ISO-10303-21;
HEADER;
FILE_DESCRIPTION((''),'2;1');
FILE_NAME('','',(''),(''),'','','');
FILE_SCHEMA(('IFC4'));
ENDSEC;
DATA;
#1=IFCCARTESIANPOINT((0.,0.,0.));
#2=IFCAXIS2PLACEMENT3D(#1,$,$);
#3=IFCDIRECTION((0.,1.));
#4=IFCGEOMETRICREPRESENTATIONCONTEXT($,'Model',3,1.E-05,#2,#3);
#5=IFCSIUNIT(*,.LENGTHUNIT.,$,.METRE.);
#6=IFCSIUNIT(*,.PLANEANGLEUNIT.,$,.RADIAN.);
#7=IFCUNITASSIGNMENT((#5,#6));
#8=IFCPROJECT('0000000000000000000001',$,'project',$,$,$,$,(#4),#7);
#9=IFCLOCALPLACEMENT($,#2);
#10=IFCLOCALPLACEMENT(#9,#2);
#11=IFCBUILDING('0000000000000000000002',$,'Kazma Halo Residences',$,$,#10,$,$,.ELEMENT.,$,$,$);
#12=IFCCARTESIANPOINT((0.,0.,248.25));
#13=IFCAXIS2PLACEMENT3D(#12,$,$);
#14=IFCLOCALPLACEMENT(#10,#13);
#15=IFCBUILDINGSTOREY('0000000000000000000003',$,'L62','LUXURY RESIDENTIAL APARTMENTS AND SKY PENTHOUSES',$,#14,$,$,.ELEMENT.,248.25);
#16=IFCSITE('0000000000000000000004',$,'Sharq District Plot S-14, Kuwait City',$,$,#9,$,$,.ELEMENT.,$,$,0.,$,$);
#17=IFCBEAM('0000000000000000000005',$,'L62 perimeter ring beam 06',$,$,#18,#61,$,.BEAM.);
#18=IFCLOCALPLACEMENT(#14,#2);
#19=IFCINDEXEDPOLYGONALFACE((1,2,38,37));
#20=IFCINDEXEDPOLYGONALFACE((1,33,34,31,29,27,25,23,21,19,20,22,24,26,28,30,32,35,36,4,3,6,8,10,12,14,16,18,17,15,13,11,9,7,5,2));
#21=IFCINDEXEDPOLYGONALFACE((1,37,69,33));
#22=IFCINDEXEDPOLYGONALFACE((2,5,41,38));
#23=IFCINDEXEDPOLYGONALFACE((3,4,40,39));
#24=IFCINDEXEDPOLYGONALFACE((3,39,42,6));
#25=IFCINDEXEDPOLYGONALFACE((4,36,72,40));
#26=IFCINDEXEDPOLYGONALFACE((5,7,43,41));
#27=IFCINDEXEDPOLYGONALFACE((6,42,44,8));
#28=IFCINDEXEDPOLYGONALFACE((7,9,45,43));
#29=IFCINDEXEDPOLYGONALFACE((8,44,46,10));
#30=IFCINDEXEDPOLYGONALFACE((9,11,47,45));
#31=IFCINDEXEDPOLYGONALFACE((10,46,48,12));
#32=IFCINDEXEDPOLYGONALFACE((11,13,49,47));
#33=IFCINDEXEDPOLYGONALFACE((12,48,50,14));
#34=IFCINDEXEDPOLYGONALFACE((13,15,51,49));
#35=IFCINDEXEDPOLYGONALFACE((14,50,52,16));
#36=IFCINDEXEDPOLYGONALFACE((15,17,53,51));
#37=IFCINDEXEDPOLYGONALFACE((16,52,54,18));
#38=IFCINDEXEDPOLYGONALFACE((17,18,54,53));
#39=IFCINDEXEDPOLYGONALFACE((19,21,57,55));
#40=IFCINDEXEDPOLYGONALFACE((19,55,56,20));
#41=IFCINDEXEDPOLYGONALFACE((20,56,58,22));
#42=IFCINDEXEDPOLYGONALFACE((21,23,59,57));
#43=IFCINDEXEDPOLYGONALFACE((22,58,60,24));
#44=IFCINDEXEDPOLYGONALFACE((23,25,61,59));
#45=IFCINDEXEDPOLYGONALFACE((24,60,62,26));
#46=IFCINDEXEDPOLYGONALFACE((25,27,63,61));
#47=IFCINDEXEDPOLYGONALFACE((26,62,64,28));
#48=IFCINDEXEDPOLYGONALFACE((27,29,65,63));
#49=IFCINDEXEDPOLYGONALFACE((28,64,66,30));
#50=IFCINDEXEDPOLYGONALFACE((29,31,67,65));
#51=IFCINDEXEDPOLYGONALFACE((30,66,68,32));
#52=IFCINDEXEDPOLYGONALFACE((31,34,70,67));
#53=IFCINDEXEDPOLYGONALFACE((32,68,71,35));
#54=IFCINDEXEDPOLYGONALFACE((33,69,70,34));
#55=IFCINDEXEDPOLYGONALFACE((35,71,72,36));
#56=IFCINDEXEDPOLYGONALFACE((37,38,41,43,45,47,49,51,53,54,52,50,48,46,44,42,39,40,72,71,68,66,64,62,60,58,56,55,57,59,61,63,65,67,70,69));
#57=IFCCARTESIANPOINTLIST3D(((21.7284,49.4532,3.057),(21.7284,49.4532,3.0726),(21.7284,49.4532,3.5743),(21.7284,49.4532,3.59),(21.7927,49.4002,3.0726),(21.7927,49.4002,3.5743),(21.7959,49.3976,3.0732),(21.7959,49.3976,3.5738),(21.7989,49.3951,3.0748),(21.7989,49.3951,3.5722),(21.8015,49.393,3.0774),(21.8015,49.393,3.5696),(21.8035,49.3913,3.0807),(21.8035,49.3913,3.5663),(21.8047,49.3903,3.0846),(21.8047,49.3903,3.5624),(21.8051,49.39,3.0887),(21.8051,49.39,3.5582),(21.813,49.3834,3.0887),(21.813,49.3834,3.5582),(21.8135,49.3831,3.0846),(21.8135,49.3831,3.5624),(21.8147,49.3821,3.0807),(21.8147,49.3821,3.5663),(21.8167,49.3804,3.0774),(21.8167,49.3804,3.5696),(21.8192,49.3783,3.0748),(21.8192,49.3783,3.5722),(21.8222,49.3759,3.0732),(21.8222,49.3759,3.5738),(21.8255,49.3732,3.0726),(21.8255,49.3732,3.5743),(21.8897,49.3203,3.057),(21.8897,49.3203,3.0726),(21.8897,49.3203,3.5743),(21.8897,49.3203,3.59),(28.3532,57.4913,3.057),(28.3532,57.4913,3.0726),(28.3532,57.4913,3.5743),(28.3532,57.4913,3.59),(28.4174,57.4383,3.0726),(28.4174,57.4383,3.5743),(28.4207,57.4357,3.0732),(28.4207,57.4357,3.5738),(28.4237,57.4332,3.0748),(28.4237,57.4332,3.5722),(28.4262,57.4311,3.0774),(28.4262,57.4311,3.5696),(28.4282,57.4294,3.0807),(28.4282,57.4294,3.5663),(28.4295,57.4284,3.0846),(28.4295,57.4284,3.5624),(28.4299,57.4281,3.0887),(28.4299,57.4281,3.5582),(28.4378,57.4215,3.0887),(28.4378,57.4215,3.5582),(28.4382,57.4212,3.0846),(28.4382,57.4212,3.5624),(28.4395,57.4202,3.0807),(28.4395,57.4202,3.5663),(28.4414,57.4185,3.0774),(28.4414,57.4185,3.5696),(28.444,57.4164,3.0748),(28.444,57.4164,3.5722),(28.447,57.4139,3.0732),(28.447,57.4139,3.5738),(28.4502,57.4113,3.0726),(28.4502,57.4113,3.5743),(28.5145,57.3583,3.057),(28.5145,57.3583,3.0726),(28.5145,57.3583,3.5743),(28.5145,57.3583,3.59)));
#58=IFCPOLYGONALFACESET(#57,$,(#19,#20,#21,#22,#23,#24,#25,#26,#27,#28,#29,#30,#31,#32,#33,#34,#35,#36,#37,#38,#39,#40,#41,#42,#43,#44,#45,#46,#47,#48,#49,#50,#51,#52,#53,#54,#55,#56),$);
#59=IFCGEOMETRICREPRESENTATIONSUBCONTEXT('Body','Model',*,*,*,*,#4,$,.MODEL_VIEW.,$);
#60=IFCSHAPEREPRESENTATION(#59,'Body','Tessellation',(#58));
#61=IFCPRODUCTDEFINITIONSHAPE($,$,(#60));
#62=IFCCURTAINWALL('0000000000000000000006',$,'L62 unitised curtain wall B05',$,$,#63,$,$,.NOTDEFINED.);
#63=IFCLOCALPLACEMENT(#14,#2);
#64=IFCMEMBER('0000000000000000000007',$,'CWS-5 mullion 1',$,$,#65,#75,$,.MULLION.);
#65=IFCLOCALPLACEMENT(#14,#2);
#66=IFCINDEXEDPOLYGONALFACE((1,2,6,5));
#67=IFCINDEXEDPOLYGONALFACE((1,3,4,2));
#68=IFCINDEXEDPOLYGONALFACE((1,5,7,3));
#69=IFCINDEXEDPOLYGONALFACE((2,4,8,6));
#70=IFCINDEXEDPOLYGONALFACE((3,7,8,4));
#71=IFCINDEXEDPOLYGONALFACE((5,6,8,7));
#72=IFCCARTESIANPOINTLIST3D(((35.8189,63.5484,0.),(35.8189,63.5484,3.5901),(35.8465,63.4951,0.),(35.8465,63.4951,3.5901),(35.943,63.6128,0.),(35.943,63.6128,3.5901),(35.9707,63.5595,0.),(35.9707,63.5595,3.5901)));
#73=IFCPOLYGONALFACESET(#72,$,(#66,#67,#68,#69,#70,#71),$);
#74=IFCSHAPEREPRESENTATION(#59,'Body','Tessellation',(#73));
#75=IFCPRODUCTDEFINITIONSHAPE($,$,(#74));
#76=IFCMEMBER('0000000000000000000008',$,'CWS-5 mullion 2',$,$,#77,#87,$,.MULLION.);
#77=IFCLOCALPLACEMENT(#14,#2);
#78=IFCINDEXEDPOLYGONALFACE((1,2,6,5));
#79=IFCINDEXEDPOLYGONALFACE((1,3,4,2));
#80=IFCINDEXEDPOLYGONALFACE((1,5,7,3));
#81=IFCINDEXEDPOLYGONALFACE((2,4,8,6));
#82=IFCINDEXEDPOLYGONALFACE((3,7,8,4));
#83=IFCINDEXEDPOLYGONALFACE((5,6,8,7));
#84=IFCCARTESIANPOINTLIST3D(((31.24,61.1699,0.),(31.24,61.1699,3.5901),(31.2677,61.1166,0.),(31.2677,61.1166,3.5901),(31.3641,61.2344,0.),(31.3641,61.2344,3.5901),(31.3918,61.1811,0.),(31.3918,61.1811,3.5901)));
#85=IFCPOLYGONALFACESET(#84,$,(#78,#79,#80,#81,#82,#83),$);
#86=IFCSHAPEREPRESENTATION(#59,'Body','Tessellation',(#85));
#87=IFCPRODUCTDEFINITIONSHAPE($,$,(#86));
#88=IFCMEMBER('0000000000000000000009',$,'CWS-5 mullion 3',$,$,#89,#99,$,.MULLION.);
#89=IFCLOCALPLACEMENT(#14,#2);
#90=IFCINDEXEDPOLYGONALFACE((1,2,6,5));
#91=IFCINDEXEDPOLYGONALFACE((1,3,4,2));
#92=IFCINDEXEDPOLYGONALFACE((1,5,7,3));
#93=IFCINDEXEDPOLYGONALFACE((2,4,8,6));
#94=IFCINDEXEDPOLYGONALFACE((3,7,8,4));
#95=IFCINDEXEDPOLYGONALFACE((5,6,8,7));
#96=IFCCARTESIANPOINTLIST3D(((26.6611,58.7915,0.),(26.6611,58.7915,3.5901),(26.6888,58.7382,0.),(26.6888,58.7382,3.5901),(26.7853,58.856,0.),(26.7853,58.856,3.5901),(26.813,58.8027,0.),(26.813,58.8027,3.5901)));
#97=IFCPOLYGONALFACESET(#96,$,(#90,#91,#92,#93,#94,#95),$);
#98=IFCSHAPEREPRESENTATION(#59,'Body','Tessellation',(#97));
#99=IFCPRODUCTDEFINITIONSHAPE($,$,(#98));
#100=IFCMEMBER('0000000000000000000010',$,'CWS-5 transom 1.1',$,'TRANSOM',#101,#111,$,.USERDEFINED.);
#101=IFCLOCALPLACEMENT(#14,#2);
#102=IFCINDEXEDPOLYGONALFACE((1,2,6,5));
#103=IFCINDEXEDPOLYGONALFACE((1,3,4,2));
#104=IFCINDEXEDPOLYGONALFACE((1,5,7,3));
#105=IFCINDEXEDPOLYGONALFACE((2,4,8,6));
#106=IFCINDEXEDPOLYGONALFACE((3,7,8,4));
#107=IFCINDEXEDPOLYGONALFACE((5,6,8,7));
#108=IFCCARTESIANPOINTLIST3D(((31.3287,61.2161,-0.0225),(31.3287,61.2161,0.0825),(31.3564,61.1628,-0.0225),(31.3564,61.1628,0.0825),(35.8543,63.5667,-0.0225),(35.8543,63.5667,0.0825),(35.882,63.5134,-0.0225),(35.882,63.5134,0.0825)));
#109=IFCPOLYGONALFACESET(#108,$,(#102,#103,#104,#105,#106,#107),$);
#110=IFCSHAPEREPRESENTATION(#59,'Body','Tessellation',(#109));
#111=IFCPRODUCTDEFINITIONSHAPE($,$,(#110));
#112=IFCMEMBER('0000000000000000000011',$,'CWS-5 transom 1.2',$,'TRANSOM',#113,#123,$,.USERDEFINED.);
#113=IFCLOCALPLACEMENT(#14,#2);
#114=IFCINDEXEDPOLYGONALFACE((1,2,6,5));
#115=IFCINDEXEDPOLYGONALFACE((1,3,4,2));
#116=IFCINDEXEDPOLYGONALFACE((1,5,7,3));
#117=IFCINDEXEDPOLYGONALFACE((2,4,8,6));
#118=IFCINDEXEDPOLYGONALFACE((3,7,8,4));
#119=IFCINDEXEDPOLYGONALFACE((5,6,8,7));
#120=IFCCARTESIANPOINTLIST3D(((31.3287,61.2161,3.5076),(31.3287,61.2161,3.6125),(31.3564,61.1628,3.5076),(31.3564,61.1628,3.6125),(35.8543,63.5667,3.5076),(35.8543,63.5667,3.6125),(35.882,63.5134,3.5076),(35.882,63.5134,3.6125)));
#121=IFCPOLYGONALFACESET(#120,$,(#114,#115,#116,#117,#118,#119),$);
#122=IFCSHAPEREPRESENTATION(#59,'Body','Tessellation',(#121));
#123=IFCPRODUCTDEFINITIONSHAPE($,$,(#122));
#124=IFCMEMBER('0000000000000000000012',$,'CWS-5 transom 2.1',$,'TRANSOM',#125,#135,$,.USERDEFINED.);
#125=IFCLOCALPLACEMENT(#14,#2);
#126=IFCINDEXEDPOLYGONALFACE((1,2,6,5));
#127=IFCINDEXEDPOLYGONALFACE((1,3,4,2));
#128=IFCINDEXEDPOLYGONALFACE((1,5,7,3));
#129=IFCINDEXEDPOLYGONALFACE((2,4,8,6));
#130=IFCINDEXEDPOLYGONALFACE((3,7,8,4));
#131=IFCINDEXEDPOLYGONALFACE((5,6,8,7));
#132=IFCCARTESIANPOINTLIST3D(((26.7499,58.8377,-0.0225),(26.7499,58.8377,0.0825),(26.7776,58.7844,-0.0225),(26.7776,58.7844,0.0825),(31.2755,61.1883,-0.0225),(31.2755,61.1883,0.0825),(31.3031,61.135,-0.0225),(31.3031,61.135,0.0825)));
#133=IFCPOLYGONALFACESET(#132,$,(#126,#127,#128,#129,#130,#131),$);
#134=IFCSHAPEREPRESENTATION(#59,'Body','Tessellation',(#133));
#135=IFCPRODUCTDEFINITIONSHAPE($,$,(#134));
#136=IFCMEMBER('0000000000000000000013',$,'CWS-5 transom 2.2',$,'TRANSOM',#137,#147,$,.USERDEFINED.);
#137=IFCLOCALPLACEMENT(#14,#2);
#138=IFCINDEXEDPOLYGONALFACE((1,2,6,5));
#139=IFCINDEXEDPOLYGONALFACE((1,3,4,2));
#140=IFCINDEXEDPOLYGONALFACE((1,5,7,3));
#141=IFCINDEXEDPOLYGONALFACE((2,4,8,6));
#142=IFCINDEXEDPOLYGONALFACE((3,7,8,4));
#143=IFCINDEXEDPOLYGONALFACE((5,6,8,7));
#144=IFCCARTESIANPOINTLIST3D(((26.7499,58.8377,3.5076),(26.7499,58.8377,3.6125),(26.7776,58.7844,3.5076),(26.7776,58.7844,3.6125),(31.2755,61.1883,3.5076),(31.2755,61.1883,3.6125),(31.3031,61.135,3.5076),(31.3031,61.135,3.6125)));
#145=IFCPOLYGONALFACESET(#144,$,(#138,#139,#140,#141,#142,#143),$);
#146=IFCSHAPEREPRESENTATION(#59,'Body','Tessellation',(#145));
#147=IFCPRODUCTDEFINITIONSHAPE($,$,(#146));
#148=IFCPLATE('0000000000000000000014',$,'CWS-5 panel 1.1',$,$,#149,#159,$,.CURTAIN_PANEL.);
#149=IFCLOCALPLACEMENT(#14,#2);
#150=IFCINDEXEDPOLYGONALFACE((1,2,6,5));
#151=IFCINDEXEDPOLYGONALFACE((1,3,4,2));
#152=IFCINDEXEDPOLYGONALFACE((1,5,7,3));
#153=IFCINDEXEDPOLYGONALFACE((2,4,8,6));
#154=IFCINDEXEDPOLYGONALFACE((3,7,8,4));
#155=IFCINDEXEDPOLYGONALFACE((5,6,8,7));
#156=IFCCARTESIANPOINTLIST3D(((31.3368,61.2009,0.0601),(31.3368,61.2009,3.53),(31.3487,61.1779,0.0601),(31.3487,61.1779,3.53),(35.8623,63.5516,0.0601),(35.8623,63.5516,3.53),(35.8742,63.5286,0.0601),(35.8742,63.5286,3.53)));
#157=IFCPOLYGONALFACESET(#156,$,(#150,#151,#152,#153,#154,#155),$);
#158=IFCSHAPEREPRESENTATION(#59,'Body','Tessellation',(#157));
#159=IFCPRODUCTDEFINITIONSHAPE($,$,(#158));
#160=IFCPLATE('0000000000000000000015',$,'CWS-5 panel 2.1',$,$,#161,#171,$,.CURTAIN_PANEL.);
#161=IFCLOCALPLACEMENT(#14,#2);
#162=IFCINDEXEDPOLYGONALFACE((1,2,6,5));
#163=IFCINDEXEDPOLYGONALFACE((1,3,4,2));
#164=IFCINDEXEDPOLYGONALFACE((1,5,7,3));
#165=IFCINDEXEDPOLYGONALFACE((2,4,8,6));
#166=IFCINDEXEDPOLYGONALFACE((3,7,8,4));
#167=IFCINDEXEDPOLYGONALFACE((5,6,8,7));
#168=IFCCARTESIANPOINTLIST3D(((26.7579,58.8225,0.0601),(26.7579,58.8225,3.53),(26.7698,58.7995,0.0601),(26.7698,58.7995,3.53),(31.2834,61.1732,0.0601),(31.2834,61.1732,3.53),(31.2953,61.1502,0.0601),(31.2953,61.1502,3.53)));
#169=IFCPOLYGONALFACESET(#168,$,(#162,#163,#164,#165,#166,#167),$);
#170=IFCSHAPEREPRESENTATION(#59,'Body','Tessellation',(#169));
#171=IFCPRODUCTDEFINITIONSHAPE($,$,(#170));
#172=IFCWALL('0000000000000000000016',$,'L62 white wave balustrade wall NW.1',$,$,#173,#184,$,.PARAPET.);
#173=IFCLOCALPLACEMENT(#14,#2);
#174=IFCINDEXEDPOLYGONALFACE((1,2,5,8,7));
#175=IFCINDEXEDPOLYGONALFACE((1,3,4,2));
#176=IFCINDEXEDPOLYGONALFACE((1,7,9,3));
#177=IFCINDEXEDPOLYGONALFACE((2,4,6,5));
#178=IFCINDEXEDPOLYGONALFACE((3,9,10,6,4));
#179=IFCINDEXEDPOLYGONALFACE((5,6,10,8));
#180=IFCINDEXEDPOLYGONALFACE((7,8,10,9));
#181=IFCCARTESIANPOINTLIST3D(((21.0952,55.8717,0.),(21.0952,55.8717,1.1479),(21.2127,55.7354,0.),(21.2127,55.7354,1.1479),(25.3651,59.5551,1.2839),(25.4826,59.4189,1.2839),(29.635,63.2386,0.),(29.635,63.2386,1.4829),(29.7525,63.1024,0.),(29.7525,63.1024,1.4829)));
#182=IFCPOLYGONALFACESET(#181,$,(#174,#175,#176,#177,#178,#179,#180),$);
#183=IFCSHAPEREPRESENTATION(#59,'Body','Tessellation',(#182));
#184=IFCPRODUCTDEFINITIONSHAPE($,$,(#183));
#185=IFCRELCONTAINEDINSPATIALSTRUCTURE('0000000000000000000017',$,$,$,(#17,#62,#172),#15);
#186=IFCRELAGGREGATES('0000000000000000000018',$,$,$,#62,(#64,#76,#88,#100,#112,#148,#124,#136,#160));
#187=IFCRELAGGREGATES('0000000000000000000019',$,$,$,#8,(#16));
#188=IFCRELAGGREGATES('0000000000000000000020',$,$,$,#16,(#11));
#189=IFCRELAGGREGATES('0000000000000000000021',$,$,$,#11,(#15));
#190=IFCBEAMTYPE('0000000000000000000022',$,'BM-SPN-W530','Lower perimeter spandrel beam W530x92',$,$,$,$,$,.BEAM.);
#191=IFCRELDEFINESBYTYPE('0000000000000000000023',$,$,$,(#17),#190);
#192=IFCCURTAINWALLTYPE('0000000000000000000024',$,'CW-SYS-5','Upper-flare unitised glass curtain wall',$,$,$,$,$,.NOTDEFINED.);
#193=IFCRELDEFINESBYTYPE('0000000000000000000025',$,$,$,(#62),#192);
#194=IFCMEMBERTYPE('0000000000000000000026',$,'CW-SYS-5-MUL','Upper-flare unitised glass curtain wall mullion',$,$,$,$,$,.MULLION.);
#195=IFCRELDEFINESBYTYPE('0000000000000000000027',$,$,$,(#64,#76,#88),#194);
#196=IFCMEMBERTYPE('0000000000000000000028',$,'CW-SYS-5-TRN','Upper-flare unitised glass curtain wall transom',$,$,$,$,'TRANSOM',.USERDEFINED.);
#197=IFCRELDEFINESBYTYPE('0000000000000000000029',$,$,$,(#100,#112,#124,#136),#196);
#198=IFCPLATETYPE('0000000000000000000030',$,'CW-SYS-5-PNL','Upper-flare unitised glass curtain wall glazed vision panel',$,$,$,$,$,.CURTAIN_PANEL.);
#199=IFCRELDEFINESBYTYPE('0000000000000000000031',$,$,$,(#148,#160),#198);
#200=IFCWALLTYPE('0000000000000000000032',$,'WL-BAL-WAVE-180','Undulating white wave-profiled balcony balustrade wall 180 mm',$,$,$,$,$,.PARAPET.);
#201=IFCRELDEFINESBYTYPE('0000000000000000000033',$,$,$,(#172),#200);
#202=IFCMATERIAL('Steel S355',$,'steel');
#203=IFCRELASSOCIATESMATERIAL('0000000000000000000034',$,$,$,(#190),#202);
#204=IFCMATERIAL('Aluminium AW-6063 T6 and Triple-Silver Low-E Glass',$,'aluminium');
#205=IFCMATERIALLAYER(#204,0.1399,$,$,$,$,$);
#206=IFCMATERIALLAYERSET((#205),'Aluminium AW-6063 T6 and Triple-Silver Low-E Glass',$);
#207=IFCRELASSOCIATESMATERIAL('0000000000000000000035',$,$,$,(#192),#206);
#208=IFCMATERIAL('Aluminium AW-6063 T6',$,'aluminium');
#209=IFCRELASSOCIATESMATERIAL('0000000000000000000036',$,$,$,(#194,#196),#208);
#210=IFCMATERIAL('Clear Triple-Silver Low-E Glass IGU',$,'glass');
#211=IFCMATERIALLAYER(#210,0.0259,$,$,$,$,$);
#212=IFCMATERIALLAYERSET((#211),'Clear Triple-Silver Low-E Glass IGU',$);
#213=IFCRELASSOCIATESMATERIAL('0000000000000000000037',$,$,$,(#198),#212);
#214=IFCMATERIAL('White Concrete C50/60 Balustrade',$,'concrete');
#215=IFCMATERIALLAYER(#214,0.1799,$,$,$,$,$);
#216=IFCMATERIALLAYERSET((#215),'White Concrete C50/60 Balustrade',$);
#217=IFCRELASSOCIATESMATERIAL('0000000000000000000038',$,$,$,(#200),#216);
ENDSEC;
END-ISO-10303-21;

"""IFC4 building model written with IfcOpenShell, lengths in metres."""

from ifc_helpers import new_model, si_unit, direction, frame, origin, origin_2d, place, context, subcontext, project, spatial, polyline, rectangle, i_section, outline, extrude, material, layer, layer_set, material_profile, profile_set, type_object, element, aggregate, save


model = new_model("IFC4")

# Units and contexts
model_context = context("Model", 3, precision=1e-05, world=origin(), true_north=direction((0.0, 1.0)))
body_context = subcontext(model_context, "Body", "Model", "MODEL_VIEW")
ifc_project = project(units=[si_unit("LENGTHUNIT", "METRE"), si_unit("PLANEANGLEUNIT", "RADIAN")], contexts=[model_context])

# Site, building, storey
site_placement = place(None, origin())
site = spatial("IfcSite", under=ifc_project, at=site_placement, Name="Sharq District Plot S-14, Kuwait City", CompositionType="ELEMENT", RefElevation=0.0)
building_placement = place(site_placement, origin())
building = spatial("IfcBuilding", under=site, at=building_placement, Name="Kazma Halo Residences", CompositionType="ELEMENT")
storey_placement = place(building_placement, frame((0.0, 0.0, 248.25)))
storey = spatial("IfcBuildingStorey", under=building, at=storey_placement, Name="L62", Description="LUXURY RESIDENTIAL APARTMENTS AND SKY PENTHOUSES", CompositionType="ELEMENT", Elevation=248.25)

# Beam
ifc_material_1 = material(Name="Steel S355", Category="steel")
ifc_material_profile_1 = material_profile(ifc_material_1, i_section(OverallWidth=0.209, OverallDepth=0.533, WebThickness=0.0103, FlangeThickness=0.0156, FilletRadius=0.0161, at=origin_2d()), Name="W530x92")
ifc_profile_set_1 = profile_set([ifc_material_profile_1], Name="Steel S355")
beam_type_1 = type_object("IfcBeamType", Name="BM-SPN-W530", Description="Lower perimeter spandrel beam W530x92", PredefinedType="BEAM", material=ifc_profile_set_1)
beam_1_placement = place(storey_placement, frame((28.4338, 57.4248, 3.3235), z_axis=(-0.636002, -0.771687, 0.0), x_axis=(0.771687, -0.636002, 0.0)))
element("IfcBeam", 1, at=beam_1_placement, inside=storey, type_object=beam_type_1, Name="L62 perimeter ring beam 06", PredefinedType="BEAM", context=body_context, shape_type="SweptSolid", body=[
    extrude(i_section(OverallWidth=0.209, OverallDepth=0.533, WebThickness=0.0103, FlangeThickness=0.0156, FilletRadius=0.0161, at=origin_2d()), origin(), (0.0, 0.0, 1.0), 10.4163),
])

# Curtain wall, members, plates
ifc_material_2 = material(Name="Aluminium AW-6063 T6 and Triple-Silver Low-E Glass", Category="aluminium")
ifc_layer_1 = layer(ifc_material_2, 0.1399)
ifc_layer_set_1 = layer_set([ifc_layer_1], Name="Aluminium AW-6063 T6 and Triple-Silver Low-E Glass")
curtain_wall_type = type_object("IfcCurtainWallType", Name="CW-SYS-5", Description="Upper-flare unitised glass curtain wall", PredefinedType="NOTDEFINED", material=ifc_layer_set_1)
curtain_wall_placement = place(storey_placement, origin())
curtain_wall = element("IfcCurtainWall", 2, at=curtain_wall_placement, inside=storey, type_object=curtain_wall_type, Name="L62 unitised curtain wall B05", PredefinedType="NOTDEFINED")
ifc_material_3 = material(Name="Aluminium AW-6063 T6", Category="aluminium")
ifc_material_profile_2 = material_profile(ifc_material_3, rectangle(XDim=0.0601, YDim=0.1399, at=origin_2d()), Name="CWM-60x140")
ifc_profile_set_2 = profile_set([ifc_material_profile_2], Name="Aluminium AW-6063 T6")
member_type_1 = type_object("IfcMemberType", Name="CW-SYS-5-MUL", Description="Upper-flare unitised glass curtain wall mullion", PredefinedType="MULLION", material=ifc_profile_set_2)
member_1_placement = place(storey_placement, frame((35.8948, 63.554, 0.0), z_axis=(0.0, 0.0, 1.0), x_axis=(0.460961, -0.887421, 0.0)))
member_1 = element("IfcMember", 3, at=member_1_placement, type_object=member_type_1, Name="CWS-5 mullion 1", PredefinedType="MULLION", context=body_context, shape_type="SweptSolid", body=[
    extrude(rectangle(XDim=0.0601, YDim=0.1399, at=origin_2d()), origin(), (0.0, 0.0, 1.0), 3.5901),
])
member_2_placement = place(storey_placement, frame((31.3159, 61.1755, 0.0), z_axis=(0.0, 0.0, 1.0), x_axis=(0.460961, -0.887421, 0.0)))
member_2 = element("IfcMember", 4, at=member_2_placement, type_object=member_type_1, Name="CWS-5 mullion 2", PredefinedType="MULLION", context=body_context, shape_type="SweptSolid", body=[
    extrude(rectangle(XDim=0.0601, YDim=0.1399, at=origin_2d()), origin(), (0.0, 0.0, 1.0), 3.5901),
])
member_3_placement = place(storey_placement, frame((26.7371, 58.7971, 0.0), z_axis=(0.0, 0.0, 1.0), x_axis=(0.460961, -0.887421, 0.0)))
member_3 = element("IfcMember", 5, at=member_3_placement, type_object=member_type_1, Name="CWS-5 mullion 3", PredefinedType="MULLION", context=body_context, shape_type="SweptSolid", body=[
    extrude(rectangle(XDim=0.0601, YDim=0.1399, at=origin_2d()), origin(), (0.0, 0.0, 1.0), 3.5901),
])
ifc_material_profile_3 = material_profile(ifc_material_3, rectangle(XDim=0.0601, YDim=0.105, at=origin_2d()), Name="CWT-60x105")
ifc_profile_set_3 = profile_set([ifc_material_profile_3], Name="Aluminium AW-6063 T6")
member_type_2 = type_object("IfcMemberType", Name="CW-SYS-5-TRN", Description="Upper-flare unitised glass curtain wall transom", ElementType="TRANSOM", PredefinedType="USERDEFINED", material=ifc_profile_set_3)
member_4_placement = place(storey_placement, frame((35.8682, 63.54, 0.03), z_axis=(-0.887437, -0.460929, 0.0), x_axis=(0.460929, -0.887437, 0.0)))
member_4 = element("IfcMember", 6, at=member_4_placement, type_object=member_type_2, Name="CWS-5 transom 1.1", ObjectType="TRANSOM", PredefinedType="USERDEFINED", context=body_context, shape_type="SweptSolid", body=[
    extrude(rectangle(XDim=0.0601, YDim=0.105, at=origin_2d()), origin(), (0.0, 0.0, 1.0), 5.0996),
])
member_5_placement = place(storey_placement, frame((35.8682, 63.54, 3.5601), z_axis=(-0.887437, -0.460929, 0.0), x_axis=(0.460929, -0.887437, 0.0)))
member_5 = element("IfcMember", 7, at=member_5_placement, type_object=member_type_2, Name="CWS-5 transom 1.2", ObjectType="TRANSOM", PredefinedType="USERDEFINED", context=body_context, shape_type="SweptSolid", body=[
    extrude(rectangle(XDim=0.0601, YDim=0.105, at=origin_2d()), origin(), (0.0, 0.0, 1.0), 5.0996),
])
member_6_placement = place(storey_placement, frame((31.2893, 61.1616, 0.03), z_axis=(-0.887437, -0.460929, 0.0), x_axis=(0.460929, -0.887437, 0.0)))
member_6 = element("IfcMember", 8, at=member_6_placement, type_object=member_type_2, Name="CWS-5 transom 2.1", ObjectType="TRANSOM", PredefinedType="USERDEFINED", context=body_context, shape_type="SweptSolid", body=[
    extrude(rectangle(XDim=0.0601, YDim=0.105, at=origin_2d()), origin(), (0.0, 0.0, 1.0), 5.0996),
])
member_7_placement = place(storey_placement, frame((31.2893, 61.1616, 3.5601), z_axis=(-0.887437, -0.460929, 0.0), x_axis=(0.460929, -0.887437, 0.0)))
member_7 = element("IfcMember", 9, at=member_7_placement, type_object=member_type_2, Name="CWS-5 transom 2.2", ObjectType="TRANSOM", PredefinedType="USERDEFINED", context=body_context, shape_type="SweptSolid", body=[
    extrude(rectangle(XDim=0.0601, YDim=0.105, at=origin_2d()), origin(), (0.0, 0.0, 1.0), 5.0996),
])
ifc_material_4 = material(Name="Clear Triple-Silver Low-E Glass IGU", Category="glass")
ifc_layer_2 = layer(ifc_material_4, 0.0259)
ifc_layer_set_2 = layer_set([ifc_layer_2], Name="Clear Triple-Silver Low-E Glass IGU")
plate_type = type_object("IfcPlateType", Name="CW-SYS-5-PNL", Description="Upper-flare unitised glass curtain wall glazed vision panel", PredefinedType="CURTAIN_PANEL", material=ifc_layer_set_2)
plate_1_placement = place(storey_placement, frame((33.6055, 62.3647, 0.0601), z_axis=(0.0, 0.0, 1.0), x_axis=(-0.887421, -0.460961, 0.0)))
plate_1 = element("IfcPlate", 10, at=plate_1_placement, type_object=plate_type, Name="CWS-5 panel 1.1", PredefinedType="CURTAIN_PANEL", context=body_context, shape_type="SweptSolid", body=[
    extrude(rectangle(XDim=5.0996, YDim=0.0259, at=origin_2d()), origin(), (0.0, 0.0, 1.0), 3.47),
])
plate_2_placement = place(storey_placement, frame((29.0266, 59.9863, 0.0601), z_axis=(0.0, 0.0, 1.0), x_axis=(-0.887421, -0.460961, 0.0)))
plate_2 = element("IfcPlate", 11, at=plate_2_placement, type_object=plate_type, Name="CWS-5 panel 2.1", PredefinedType="CURTAIN_PANEL", context=body_context, shape_type="SweptSolid", body=[
    extrude(rectangle(XDim=5.0996, YDim=0.0259, at=origin_2d()), origin(), (0.0, 0.0, 1.0), 3.47),
])
aggregate(curtain_wall, [member_1, member_2, member_3, member_4, member_5, plate_1, member_6, member_7, plate_2])

# Wall
ifc_material_5 = material(Name="White Concrete C50/60 Balustrade", Category="concrete")
ifc_layer_3 = layer(ifc_material_5, 0.1799)
ifc_layer_set_3 = layer_set([ifc_layer_3], Name="White Concrete C50/60 Balustrade")
wall_type_1 = type_object("IfcWallType", Name="WL-BAL-WAVE-180", Description="Undulating white wave-profiled balcony balustrade wall 180 mm", PredefinedType="PARAPET", material=ifc_layer_set_3)
wall_1_placement = place(storey_placement, frame((29.6938, 63.1704, 0.0), z_axis=(0.0, 0.0, 1.0), x_axis=(-0.757188, -0.653197, 0.0)))
element("IfcWall", 12, at=wall_1_placement, inside=storey, type_object=wall_type_1, Name="L62 white wave balustrade wall NW.1", PredefinedType="PARAPET", context=body_context, shape_type="SweptSolid", body=[
    extrude(outline(polyline([(0.0, 0.0), (11.2783, 0.0), (11.2783, 1.1479), (5.6392, 1.2839), (0.0, 1.4829), (0.0, 0.0)])), frame((0.0, 0.0898, 0.0), z_axis=(0.0, -1.0, 0.0), x_axis=(1.0, 0.0, 0.0)), (0.0, 0.0, 1.0), 0.1799),
])

save(model, "model.ifc")
